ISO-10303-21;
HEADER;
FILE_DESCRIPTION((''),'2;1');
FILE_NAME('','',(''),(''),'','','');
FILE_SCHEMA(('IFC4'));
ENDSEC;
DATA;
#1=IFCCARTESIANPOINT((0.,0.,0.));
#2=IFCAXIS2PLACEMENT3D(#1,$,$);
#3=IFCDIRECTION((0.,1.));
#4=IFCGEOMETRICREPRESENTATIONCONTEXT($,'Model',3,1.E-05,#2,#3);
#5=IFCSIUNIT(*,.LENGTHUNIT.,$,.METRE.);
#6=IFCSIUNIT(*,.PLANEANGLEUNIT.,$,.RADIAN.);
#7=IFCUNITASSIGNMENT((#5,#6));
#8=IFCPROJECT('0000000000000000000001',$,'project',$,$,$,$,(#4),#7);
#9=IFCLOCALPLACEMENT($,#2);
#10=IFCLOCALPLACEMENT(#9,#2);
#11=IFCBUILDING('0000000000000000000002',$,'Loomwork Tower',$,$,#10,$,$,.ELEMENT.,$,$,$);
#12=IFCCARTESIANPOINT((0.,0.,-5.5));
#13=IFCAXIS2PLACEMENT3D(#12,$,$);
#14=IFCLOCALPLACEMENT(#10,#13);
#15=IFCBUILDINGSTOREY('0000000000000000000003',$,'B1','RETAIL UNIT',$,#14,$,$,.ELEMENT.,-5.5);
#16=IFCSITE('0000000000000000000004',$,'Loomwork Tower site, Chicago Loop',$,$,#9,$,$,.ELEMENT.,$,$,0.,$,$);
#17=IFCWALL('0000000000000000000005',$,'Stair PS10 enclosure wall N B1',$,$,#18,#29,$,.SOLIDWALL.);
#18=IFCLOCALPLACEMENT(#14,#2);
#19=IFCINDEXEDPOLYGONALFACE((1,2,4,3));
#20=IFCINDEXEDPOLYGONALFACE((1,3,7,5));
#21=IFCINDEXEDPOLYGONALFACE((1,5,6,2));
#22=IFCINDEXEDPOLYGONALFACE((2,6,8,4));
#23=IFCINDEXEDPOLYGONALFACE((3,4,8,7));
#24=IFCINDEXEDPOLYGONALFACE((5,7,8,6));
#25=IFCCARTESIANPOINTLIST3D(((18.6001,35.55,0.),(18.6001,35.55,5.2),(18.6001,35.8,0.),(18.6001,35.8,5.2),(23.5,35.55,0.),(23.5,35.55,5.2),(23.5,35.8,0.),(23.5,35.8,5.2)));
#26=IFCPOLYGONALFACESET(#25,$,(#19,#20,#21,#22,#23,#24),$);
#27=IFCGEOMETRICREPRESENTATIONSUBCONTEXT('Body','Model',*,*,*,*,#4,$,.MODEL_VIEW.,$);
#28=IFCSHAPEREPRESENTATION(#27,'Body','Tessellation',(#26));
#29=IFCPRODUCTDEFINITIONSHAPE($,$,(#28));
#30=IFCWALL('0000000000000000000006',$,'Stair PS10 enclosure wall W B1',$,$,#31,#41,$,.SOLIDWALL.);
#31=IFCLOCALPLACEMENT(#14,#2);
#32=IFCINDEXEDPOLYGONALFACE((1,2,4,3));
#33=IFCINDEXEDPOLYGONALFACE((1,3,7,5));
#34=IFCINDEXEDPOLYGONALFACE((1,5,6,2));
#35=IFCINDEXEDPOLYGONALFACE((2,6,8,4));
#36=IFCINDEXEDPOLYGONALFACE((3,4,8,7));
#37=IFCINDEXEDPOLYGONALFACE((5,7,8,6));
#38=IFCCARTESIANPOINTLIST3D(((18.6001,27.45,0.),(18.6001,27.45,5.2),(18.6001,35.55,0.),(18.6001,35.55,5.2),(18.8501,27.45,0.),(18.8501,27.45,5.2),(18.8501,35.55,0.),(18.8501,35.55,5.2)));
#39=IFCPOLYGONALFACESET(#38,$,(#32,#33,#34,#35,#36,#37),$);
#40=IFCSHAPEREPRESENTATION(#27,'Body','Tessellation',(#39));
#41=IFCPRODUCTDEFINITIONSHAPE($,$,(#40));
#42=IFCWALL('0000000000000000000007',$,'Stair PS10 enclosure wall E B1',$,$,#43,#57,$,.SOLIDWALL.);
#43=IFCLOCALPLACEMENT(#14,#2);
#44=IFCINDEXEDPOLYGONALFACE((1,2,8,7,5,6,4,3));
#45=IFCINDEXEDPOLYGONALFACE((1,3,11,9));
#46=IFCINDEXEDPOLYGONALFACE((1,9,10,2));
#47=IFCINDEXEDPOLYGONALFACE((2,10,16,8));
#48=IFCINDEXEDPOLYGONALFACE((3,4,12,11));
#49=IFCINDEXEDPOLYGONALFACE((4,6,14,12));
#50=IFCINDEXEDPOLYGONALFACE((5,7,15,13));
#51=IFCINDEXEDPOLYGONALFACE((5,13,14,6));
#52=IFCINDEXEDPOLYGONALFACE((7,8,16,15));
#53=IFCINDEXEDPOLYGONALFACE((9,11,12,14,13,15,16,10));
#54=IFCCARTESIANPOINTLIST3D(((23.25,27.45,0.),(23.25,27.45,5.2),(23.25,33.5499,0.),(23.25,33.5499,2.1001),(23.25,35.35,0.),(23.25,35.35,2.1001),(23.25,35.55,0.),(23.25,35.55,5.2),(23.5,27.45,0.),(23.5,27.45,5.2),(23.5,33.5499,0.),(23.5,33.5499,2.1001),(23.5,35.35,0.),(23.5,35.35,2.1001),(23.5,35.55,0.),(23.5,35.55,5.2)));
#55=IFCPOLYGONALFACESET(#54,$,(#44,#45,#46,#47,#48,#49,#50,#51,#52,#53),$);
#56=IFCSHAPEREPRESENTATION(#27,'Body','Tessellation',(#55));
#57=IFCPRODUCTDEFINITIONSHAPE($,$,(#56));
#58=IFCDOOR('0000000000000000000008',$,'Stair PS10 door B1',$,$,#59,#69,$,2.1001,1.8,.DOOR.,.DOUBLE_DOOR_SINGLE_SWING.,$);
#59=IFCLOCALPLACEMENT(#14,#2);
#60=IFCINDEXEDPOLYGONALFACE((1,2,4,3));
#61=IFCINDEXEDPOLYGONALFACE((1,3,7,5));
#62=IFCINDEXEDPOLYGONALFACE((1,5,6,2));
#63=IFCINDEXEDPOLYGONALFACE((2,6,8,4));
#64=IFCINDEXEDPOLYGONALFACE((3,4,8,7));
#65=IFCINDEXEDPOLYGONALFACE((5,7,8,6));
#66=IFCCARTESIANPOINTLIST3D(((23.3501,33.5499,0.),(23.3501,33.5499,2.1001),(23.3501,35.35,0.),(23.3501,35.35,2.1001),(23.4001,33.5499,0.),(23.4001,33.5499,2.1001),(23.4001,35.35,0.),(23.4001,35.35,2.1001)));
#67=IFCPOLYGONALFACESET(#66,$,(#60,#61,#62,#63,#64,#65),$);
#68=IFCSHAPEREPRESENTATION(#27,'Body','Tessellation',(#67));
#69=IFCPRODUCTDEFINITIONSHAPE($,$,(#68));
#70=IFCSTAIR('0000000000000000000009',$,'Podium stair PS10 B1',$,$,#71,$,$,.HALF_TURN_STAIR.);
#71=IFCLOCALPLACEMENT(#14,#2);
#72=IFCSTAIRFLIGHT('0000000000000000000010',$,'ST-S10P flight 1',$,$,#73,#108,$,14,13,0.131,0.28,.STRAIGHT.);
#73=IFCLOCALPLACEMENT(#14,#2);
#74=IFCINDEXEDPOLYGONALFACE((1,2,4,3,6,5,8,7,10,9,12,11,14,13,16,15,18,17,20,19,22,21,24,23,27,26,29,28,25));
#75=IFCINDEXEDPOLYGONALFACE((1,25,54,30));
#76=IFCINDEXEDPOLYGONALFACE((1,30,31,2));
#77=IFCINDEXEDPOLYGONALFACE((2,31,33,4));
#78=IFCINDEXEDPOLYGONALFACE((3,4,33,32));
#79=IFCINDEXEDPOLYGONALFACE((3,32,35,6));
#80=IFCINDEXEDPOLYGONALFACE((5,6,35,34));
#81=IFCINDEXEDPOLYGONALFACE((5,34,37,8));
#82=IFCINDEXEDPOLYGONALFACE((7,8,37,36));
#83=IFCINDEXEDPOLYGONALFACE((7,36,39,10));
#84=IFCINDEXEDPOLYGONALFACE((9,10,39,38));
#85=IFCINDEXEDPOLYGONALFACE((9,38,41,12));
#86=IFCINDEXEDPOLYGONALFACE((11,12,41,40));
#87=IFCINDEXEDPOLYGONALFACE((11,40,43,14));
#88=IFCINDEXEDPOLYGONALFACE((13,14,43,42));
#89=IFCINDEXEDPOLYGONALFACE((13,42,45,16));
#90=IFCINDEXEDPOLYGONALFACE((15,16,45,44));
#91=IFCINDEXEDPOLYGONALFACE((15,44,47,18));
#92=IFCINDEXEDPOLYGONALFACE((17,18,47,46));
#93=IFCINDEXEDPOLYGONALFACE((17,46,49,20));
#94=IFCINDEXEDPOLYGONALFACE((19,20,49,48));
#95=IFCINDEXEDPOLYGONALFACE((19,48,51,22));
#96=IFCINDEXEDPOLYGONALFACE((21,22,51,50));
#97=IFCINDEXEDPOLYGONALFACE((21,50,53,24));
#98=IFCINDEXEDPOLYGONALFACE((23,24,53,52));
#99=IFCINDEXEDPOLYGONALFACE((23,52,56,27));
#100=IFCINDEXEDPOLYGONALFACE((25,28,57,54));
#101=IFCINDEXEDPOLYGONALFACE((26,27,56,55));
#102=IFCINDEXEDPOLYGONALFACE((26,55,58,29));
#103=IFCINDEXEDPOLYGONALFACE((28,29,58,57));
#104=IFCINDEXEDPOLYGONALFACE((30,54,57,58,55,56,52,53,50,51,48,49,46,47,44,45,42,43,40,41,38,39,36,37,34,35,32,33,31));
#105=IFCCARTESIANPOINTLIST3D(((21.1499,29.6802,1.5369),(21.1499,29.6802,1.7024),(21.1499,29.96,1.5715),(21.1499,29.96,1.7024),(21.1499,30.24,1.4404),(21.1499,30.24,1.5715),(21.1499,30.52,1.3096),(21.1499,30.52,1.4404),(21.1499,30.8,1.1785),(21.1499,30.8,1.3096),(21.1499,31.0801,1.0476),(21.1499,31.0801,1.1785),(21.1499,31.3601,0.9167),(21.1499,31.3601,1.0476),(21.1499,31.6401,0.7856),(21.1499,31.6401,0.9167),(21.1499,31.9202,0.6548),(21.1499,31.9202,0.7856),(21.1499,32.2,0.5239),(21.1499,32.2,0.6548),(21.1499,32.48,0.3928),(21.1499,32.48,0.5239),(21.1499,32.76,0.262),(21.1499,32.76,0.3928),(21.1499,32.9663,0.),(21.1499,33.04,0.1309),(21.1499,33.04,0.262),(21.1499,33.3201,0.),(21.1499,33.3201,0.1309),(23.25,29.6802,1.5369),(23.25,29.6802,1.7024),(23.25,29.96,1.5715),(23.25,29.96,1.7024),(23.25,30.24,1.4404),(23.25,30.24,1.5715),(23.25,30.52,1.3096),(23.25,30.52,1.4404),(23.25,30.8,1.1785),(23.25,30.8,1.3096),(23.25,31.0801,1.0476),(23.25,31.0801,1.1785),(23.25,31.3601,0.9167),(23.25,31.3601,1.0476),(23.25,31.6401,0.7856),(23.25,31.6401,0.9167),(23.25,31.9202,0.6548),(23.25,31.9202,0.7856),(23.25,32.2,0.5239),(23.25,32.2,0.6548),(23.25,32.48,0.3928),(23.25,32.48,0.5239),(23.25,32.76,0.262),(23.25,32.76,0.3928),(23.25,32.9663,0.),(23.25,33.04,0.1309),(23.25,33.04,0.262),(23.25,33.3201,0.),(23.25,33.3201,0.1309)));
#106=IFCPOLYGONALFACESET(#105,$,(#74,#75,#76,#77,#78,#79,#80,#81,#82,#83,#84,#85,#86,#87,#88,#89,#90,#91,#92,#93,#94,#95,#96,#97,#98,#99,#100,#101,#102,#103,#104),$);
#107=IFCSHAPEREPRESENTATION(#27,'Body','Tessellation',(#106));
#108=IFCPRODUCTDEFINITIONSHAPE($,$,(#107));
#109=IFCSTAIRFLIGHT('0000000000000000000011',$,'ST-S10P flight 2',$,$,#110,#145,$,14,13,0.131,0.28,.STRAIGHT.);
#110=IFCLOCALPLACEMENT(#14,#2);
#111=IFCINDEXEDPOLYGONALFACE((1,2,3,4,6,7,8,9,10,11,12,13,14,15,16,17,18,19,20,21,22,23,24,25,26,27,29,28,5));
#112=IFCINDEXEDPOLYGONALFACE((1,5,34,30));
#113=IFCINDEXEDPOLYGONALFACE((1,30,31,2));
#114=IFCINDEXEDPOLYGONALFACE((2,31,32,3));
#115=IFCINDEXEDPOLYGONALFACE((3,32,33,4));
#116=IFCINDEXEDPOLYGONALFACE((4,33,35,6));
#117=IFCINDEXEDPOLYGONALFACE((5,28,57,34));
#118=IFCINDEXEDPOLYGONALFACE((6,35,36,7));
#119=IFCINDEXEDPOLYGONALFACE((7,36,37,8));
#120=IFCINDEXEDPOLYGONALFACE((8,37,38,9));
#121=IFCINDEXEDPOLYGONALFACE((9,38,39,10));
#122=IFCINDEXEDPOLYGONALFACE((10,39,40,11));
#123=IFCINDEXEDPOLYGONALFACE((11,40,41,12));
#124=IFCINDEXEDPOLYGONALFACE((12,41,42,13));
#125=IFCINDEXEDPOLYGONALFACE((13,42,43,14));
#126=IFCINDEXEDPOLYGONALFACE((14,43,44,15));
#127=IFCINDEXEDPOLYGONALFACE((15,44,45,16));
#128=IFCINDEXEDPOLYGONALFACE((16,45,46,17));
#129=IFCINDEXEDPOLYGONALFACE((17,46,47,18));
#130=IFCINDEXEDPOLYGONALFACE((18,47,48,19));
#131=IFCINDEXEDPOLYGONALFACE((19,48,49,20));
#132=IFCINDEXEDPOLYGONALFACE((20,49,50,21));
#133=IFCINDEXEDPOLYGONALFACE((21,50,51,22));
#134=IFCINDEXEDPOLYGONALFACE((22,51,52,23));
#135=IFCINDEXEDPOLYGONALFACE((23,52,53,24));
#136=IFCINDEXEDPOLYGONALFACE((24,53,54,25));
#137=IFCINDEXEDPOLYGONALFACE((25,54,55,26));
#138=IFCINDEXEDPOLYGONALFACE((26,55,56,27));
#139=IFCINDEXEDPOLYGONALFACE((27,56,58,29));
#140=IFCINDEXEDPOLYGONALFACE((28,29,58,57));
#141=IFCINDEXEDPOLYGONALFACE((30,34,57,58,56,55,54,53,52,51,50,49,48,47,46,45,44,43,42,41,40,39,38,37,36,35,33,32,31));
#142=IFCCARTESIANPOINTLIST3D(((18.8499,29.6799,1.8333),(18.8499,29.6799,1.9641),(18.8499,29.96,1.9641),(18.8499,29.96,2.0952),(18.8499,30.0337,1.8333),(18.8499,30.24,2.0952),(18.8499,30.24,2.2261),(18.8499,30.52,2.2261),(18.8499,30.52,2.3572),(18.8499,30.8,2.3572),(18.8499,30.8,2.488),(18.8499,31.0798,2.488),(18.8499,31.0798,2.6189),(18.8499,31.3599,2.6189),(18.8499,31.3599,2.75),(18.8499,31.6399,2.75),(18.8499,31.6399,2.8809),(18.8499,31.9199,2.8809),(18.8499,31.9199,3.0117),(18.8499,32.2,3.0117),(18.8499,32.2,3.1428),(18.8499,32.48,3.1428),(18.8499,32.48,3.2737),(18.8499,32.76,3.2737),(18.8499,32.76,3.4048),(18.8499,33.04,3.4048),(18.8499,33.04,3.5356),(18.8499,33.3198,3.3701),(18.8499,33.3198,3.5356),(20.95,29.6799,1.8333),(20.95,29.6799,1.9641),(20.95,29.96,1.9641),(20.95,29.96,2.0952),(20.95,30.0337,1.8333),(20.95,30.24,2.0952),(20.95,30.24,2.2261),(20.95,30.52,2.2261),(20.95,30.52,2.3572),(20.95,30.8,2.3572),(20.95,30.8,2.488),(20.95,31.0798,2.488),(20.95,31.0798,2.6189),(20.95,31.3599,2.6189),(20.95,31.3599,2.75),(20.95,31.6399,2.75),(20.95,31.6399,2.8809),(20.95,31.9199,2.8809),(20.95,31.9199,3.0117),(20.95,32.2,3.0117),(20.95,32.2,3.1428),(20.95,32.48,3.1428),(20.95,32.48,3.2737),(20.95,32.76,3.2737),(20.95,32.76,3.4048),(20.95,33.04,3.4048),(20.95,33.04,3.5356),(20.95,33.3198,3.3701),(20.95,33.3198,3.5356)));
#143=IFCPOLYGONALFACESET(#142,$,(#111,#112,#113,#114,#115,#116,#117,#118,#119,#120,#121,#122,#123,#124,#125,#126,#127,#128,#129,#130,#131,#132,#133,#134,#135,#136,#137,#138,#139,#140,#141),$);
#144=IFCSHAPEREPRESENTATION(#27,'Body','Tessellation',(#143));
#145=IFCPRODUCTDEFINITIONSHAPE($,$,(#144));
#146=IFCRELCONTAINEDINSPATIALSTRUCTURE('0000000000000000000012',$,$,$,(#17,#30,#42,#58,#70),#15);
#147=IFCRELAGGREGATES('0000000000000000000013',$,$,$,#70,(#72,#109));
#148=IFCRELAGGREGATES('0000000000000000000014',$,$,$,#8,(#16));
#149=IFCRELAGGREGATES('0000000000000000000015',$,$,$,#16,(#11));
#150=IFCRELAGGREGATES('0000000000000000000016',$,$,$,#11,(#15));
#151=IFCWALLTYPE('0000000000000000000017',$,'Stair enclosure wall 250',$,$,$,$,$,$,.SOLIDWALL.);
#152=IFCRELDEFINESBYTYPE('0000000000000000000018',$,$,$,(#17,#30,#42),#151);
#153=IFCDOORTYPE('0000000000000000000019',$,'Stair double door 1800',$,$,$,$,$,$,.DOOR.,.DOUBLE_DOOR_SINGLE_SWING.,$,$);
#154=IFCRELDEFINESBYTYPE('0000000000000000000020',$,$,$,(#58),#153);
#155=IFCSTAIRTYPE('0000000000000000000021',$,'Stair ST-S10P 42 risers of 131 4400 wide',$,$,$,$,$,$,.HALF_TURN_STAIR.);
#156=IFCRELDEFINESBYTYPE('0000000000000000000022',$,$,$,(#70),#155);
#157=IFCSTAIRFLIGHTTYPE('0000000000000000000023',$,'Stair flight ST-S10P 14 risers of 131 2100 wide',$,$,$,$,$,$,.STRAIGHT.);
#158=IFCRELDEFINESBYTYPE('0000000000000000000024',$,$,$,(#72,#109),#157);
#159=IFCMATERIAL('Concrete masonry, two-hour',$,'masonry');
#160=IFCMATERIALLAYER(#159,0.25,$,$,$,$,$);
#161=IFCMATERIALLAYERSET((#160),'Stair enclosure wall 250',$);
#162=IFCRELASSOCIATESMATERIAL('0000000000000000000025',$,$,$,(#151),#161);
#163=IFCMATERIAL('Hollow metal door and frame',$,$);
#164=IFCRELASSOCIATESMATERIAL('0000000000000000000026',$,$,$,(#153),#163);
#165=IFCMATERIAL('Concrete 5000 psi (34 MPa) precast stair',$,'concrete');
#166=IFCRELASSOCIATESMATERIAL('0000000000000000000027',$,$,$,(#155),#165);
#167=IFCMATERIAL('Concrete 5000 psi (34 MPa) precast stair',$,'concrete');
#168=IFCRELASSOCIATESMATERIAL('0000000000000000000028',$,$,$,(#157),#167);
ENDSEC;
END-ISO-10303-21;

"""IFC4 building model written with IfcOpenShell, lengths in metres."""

from ifc_helpers import new_model, si_unit, direction, frame, frame_2d, origin, place, context, subcontext, project, spatial, polyline, rectangle, outline, extrude, material, layer, layer_set, type_object, element, fill, aggregate, save


model = new_model("IFC4")

# Units and contexts
model_context = context("Model", 3, precision=1e-05, world=origin(), true_north=direction((0.0, 1.0)))
body_context = subcontext(model_context, "Body", "Model", "MODEL_VIEW")
ifc_project = project(units=[si_unit("LENGTHUNIT", "METRE"), si_unit("PLANEANGLEUNIT", "RADIAN")], contexts=[model_context])

# Site, building, storey
site_placement = place(None, origin())
site = spatial("IfcSite", under=ifc_project, at=site_placement, Name="Loomwork Tower site, Chicago Loop", CompositionType="ELEMENT", RefElevation=0.0)
building_placement = place(site_placement, origin())
building = spatial("IfcBuilding", under=site, at=building_placement, Name="Loomwork Tower", CompositionType="ELEMENT")
storey_placement = place(building_placement, frame((0.0, 0.0, -5.5)))
storey = spatial("IfcBuildingStorey", under=building, at=storey_placement, Name="B1", Description="RETAIL UNIT", CompositionType="ELEMENT", Elevation=-5.5)

# Walls
ifc_material_1 = material(Name="Concrete masonry, two-hour", Category="masonry")
ifc_layer_1 = layer(ifc_material_1, 0.25)
ifc_layer_set_1 = layer_set([ifc_layer_1], Name="Stair enclosure wall 250")
wall_type_1 = type_object("IfcWallType", Name="Stair enclosure wall 250", PredefinedType="SOLIDWALL", material=ifc_layer_set_1)
for number, where, z_axis, x_axis, name in (
    (1, (18.6001, 35.675, 0.0), (0.0, 0.0, 1.0), (1.0, 0.0, 0.0), "Stair PS10 enclosure wall N B1"),
):
    element("IfcWall", number, at=place(storey_placement, frame(where, z_axis=z_axis, x_axis=x_axis)), inside=storey, type_object=wall_type_1, Name=name, PredefinedType="SOLIDWALL", context=body_context, shape_type="SweptSolid", body=[
        extrude(rectangle(XDim=4.8999, YDim=0.25, at=frame_2d((2.45, 0.0))), origin(), (0.0, 0.0, 1.0), 5.2),
    ])
wall_1_placement = place(storey_placement, frame((18.7251, 27.45, 0.0), z_axis=(0.0, 0.0, 1.0), x_axis=(0.0, 1.0, 0.0)))
element("IfcWall", 2, at=wall_1_placement, inside=storey, type_object=wall_type_1, Name="Stair PS10 enclosure wall W B1", PredefinedType="SOLIDWALL", context=body_context, shape_type="SweptSolid", body=[
    extrude(rectangle(XDim=8.1001, YDim=0.25, at=frame_2d((4.05, 0.0))), origin(), (0.0, 0.0, 1.0), 5.2),
])

# Wall, opening, door
wall_2_placement = place(storey_placement, frame((23.375, 27.45, 0.0), z_axis=(0.0, 0.0, 1.0), x_axis=(0.0, 1.0, 0.0)))
wall_2 = element("IfcWall", 3, at=wall_2_placement, inside=storey, type_object=wall_type_1, Name="Stair PS10 enclosure wall E B1", PredefinedType="SOLIDWALL", context=body_context, shape_type="SweptSolid", body=[
    extrude(rectangle(XDim=8.1001, YDim=0.25, at=frame_2d((4.05, 0.0))), origin(), (0.0, 0.0, 1.0), 5.2),
])
opening_1_placement = place(wall_2_placement, frame((6.1001, 0.0, 0.0)))
opening_1 = element("IfcOpeningElement", 4, at=opening_1_placement, cuts=wall_2, PredefinedType="OPENING", context=body_context, shape_type="SweptSolid", body=[
    extrude(rectangle(XDim=1.8, YDim=2.1001, at=frame_2d((0.8999, 1.05))), frame((0.0, 0.135, 0.0), z_axis=(0.0, -1.0, 0.0), x_axis=(1.0, 0.0, 0.0)), (0.0, 0.0, 1.0), 0.27),
])
ifc_material_2 = material(Name="Hollow metal door and frame")
door_type_1 = type_object("IfcDoorType", Name="Stair double door 1800", OperationType="DOUBLE_DOOR_SINGLE_SWING", PredefinedType="DOOR", material=ifc_material_2)
door_1_placement = place(opening_1_placement, origin())
door_1 = element("IfcDoor", 5, at=door_1_placement, inside=storey, type_object=door_type_1, Name="Stair PS10 door B1", OperationType="DOUBLE_DOOR_SINGLE_SWING", OverallHeight=2.1001, OverallWidth=1.8, PredefinedType="DOOR", context=body_context, shape_type="SweptSolid", body=[
    extrude(rectangle(XDim=1.8, YDim=2.1001, at=frame_2d((0.8999, 1.05))), frame((0.0, 0.0249, 0.0), z_axis=(0.0, -1.0, 0.0), x_axis=(1.0, 0.0, 0.0)), (0.0, 0.0, 1.0), 0.05),
])
fill(opening_1, door_1)

# Stair, stair flights
ifc_material_3 = material(Name="Concrete 5000 psi (34 MPa) precast stair", Category="concrete")
stair_type = type_object("IfcStairType", Name="Stair ST-S10P 42 risers of 131 4400 wide", PredefinedType="HALF_TURN_STAIR", material=ifc_material_3)
stair_placement = place(storey_placement, origin())
stair = element("IfcStair", 6, at=stair_placement, inside=storey, type_object=stair_type, Name="Podium stair PS10 B1", PredefinedType="HALF_TURN_STAIR")
ifc_material_4 = material(Name="Concrete 5000 psi (34 MPa) precast stair", Category="concrete")
stair_flight_type = type_object("IfcStairFlightType", Name="Stair flight ST-S10P 14 risers of 131 2100 wide", PredefinedType="STRAIGHT", material=ifc_material_4)
stair_flight_1_placement = place(storey_placement, frame((22.2, 33.3201, 0.0), z_axis=(0.0, 0.0, 1.0), x_axis=(0.0, -1.0, 0.0)))
stair_flight_1 = element("IfcStairFlight", 7, at=stair_flight_1_placement, type_object=stair_flight_type, Name="ST-S10P flight 1", NumberOfRisers=14, NumberOfTreads=13, PredefinedType="STRAIGHT", RiserHeight=0.131, TreadLength=0.28, context=body_context, shape_type="SweptSolid", body=[
    extrude(outline(polyline([(0.0, 0.0), (0.0, 0.1309), (0.28, 0.1309), (0.28, 0.262), (0.5601, 0.262), (0.5601, 0.3928), (0.8401, 0.3928), (0.8401, 0.5239), (1.1201, 0.5239), (1.1201, 0.6548), (1.3999, 0.6548), (1.3999, 0.7856), (1.6799, 0.7856), (1.6799, 0.9167), (1.96, 0.9167), (1.96, 1.0476), (2.24, 1.0476), (2.24, 1.1785), (2.52, 1.1785), (2.52, 1.3096), (2.8, 1.3096), (2.8, 1.4404), (3.0801, 1.4404), (3.0801, 1.5715), (3.3601, 1.5715), (3.3601, 1.7024), (3.6399, 1.7024), (3.6399, 1.8333), (3.6399, 1.5369), (0.3538, 0.0), (0.0, 0.0)])), frame((0.0, 1.05, 0.0), z_axis=(0.0, -1.0, 0.0), x_axis=(1.0, 0.0, 0.0)), (0.0, 0.0, 1.0), 2.1001),
])
stair_flight_2_placement = place(storey_placement, frame((19.8999, 29.6799, 1.8333), z_axis=(0.0, 0.0, 1.0), x_axis=(0.0, 1.0, 0.0)))
stair_flight_2 = element("IfcStairFlight", 8, at=stair_flight_2_placement, type_object=stair_flight_type, Name="ST-S10P flight 2", NumberOfRisers=14, NumberOfTreads=13, PredefinedType="STRAIGHT", RiserHeight=0.131, TreadLength=0.28, context=body_context, shape_type="SweptSolid", body=[
    extrude(outline(polyline([(0.0, 0.0), (0.0, 0.1309), (0.28, 0.1309), (0.28, 0.262), (0.5601, 0.262), (0.5601, 0.3928), (0.8401, 0.3928), (0.8401, 0.5239), (1.1201, 0.5239), (1.1201, 0.6548), (1.3999, 0.6548), (1.3999, 0.7856), (1.6799, 0.7856), (1.6799, 0.9167), (1.96, 0.9167), (1.96, 1.0476), (2.24, 1.0476), (2.24, 1.1785), (2.52, 1.1785), (2.52, 1.3096), (2.8, 1.3096), (2.8, 1.4404), (3.0801, 1.4404), (3.0801, 1.5715), (3.3601, 1.5715), (3.3601, 1.7024), (3.6399, 1.7024), (3.6399, 1.8333), (3.6399, 1.5369), (0.3538, 0.0), (0.0, 0.0)])), frame((0.0, 1.05, 0.0), z_axis=(0.0, -1.0, 0.0), x_axis=(1.0, 0.0, 0.0)), (0.0, 0.0, 1.0), 2.1001),
])
aggregate(stair, [stair_flight_1, stair_flight_2])

save(model, "model.ifc")
